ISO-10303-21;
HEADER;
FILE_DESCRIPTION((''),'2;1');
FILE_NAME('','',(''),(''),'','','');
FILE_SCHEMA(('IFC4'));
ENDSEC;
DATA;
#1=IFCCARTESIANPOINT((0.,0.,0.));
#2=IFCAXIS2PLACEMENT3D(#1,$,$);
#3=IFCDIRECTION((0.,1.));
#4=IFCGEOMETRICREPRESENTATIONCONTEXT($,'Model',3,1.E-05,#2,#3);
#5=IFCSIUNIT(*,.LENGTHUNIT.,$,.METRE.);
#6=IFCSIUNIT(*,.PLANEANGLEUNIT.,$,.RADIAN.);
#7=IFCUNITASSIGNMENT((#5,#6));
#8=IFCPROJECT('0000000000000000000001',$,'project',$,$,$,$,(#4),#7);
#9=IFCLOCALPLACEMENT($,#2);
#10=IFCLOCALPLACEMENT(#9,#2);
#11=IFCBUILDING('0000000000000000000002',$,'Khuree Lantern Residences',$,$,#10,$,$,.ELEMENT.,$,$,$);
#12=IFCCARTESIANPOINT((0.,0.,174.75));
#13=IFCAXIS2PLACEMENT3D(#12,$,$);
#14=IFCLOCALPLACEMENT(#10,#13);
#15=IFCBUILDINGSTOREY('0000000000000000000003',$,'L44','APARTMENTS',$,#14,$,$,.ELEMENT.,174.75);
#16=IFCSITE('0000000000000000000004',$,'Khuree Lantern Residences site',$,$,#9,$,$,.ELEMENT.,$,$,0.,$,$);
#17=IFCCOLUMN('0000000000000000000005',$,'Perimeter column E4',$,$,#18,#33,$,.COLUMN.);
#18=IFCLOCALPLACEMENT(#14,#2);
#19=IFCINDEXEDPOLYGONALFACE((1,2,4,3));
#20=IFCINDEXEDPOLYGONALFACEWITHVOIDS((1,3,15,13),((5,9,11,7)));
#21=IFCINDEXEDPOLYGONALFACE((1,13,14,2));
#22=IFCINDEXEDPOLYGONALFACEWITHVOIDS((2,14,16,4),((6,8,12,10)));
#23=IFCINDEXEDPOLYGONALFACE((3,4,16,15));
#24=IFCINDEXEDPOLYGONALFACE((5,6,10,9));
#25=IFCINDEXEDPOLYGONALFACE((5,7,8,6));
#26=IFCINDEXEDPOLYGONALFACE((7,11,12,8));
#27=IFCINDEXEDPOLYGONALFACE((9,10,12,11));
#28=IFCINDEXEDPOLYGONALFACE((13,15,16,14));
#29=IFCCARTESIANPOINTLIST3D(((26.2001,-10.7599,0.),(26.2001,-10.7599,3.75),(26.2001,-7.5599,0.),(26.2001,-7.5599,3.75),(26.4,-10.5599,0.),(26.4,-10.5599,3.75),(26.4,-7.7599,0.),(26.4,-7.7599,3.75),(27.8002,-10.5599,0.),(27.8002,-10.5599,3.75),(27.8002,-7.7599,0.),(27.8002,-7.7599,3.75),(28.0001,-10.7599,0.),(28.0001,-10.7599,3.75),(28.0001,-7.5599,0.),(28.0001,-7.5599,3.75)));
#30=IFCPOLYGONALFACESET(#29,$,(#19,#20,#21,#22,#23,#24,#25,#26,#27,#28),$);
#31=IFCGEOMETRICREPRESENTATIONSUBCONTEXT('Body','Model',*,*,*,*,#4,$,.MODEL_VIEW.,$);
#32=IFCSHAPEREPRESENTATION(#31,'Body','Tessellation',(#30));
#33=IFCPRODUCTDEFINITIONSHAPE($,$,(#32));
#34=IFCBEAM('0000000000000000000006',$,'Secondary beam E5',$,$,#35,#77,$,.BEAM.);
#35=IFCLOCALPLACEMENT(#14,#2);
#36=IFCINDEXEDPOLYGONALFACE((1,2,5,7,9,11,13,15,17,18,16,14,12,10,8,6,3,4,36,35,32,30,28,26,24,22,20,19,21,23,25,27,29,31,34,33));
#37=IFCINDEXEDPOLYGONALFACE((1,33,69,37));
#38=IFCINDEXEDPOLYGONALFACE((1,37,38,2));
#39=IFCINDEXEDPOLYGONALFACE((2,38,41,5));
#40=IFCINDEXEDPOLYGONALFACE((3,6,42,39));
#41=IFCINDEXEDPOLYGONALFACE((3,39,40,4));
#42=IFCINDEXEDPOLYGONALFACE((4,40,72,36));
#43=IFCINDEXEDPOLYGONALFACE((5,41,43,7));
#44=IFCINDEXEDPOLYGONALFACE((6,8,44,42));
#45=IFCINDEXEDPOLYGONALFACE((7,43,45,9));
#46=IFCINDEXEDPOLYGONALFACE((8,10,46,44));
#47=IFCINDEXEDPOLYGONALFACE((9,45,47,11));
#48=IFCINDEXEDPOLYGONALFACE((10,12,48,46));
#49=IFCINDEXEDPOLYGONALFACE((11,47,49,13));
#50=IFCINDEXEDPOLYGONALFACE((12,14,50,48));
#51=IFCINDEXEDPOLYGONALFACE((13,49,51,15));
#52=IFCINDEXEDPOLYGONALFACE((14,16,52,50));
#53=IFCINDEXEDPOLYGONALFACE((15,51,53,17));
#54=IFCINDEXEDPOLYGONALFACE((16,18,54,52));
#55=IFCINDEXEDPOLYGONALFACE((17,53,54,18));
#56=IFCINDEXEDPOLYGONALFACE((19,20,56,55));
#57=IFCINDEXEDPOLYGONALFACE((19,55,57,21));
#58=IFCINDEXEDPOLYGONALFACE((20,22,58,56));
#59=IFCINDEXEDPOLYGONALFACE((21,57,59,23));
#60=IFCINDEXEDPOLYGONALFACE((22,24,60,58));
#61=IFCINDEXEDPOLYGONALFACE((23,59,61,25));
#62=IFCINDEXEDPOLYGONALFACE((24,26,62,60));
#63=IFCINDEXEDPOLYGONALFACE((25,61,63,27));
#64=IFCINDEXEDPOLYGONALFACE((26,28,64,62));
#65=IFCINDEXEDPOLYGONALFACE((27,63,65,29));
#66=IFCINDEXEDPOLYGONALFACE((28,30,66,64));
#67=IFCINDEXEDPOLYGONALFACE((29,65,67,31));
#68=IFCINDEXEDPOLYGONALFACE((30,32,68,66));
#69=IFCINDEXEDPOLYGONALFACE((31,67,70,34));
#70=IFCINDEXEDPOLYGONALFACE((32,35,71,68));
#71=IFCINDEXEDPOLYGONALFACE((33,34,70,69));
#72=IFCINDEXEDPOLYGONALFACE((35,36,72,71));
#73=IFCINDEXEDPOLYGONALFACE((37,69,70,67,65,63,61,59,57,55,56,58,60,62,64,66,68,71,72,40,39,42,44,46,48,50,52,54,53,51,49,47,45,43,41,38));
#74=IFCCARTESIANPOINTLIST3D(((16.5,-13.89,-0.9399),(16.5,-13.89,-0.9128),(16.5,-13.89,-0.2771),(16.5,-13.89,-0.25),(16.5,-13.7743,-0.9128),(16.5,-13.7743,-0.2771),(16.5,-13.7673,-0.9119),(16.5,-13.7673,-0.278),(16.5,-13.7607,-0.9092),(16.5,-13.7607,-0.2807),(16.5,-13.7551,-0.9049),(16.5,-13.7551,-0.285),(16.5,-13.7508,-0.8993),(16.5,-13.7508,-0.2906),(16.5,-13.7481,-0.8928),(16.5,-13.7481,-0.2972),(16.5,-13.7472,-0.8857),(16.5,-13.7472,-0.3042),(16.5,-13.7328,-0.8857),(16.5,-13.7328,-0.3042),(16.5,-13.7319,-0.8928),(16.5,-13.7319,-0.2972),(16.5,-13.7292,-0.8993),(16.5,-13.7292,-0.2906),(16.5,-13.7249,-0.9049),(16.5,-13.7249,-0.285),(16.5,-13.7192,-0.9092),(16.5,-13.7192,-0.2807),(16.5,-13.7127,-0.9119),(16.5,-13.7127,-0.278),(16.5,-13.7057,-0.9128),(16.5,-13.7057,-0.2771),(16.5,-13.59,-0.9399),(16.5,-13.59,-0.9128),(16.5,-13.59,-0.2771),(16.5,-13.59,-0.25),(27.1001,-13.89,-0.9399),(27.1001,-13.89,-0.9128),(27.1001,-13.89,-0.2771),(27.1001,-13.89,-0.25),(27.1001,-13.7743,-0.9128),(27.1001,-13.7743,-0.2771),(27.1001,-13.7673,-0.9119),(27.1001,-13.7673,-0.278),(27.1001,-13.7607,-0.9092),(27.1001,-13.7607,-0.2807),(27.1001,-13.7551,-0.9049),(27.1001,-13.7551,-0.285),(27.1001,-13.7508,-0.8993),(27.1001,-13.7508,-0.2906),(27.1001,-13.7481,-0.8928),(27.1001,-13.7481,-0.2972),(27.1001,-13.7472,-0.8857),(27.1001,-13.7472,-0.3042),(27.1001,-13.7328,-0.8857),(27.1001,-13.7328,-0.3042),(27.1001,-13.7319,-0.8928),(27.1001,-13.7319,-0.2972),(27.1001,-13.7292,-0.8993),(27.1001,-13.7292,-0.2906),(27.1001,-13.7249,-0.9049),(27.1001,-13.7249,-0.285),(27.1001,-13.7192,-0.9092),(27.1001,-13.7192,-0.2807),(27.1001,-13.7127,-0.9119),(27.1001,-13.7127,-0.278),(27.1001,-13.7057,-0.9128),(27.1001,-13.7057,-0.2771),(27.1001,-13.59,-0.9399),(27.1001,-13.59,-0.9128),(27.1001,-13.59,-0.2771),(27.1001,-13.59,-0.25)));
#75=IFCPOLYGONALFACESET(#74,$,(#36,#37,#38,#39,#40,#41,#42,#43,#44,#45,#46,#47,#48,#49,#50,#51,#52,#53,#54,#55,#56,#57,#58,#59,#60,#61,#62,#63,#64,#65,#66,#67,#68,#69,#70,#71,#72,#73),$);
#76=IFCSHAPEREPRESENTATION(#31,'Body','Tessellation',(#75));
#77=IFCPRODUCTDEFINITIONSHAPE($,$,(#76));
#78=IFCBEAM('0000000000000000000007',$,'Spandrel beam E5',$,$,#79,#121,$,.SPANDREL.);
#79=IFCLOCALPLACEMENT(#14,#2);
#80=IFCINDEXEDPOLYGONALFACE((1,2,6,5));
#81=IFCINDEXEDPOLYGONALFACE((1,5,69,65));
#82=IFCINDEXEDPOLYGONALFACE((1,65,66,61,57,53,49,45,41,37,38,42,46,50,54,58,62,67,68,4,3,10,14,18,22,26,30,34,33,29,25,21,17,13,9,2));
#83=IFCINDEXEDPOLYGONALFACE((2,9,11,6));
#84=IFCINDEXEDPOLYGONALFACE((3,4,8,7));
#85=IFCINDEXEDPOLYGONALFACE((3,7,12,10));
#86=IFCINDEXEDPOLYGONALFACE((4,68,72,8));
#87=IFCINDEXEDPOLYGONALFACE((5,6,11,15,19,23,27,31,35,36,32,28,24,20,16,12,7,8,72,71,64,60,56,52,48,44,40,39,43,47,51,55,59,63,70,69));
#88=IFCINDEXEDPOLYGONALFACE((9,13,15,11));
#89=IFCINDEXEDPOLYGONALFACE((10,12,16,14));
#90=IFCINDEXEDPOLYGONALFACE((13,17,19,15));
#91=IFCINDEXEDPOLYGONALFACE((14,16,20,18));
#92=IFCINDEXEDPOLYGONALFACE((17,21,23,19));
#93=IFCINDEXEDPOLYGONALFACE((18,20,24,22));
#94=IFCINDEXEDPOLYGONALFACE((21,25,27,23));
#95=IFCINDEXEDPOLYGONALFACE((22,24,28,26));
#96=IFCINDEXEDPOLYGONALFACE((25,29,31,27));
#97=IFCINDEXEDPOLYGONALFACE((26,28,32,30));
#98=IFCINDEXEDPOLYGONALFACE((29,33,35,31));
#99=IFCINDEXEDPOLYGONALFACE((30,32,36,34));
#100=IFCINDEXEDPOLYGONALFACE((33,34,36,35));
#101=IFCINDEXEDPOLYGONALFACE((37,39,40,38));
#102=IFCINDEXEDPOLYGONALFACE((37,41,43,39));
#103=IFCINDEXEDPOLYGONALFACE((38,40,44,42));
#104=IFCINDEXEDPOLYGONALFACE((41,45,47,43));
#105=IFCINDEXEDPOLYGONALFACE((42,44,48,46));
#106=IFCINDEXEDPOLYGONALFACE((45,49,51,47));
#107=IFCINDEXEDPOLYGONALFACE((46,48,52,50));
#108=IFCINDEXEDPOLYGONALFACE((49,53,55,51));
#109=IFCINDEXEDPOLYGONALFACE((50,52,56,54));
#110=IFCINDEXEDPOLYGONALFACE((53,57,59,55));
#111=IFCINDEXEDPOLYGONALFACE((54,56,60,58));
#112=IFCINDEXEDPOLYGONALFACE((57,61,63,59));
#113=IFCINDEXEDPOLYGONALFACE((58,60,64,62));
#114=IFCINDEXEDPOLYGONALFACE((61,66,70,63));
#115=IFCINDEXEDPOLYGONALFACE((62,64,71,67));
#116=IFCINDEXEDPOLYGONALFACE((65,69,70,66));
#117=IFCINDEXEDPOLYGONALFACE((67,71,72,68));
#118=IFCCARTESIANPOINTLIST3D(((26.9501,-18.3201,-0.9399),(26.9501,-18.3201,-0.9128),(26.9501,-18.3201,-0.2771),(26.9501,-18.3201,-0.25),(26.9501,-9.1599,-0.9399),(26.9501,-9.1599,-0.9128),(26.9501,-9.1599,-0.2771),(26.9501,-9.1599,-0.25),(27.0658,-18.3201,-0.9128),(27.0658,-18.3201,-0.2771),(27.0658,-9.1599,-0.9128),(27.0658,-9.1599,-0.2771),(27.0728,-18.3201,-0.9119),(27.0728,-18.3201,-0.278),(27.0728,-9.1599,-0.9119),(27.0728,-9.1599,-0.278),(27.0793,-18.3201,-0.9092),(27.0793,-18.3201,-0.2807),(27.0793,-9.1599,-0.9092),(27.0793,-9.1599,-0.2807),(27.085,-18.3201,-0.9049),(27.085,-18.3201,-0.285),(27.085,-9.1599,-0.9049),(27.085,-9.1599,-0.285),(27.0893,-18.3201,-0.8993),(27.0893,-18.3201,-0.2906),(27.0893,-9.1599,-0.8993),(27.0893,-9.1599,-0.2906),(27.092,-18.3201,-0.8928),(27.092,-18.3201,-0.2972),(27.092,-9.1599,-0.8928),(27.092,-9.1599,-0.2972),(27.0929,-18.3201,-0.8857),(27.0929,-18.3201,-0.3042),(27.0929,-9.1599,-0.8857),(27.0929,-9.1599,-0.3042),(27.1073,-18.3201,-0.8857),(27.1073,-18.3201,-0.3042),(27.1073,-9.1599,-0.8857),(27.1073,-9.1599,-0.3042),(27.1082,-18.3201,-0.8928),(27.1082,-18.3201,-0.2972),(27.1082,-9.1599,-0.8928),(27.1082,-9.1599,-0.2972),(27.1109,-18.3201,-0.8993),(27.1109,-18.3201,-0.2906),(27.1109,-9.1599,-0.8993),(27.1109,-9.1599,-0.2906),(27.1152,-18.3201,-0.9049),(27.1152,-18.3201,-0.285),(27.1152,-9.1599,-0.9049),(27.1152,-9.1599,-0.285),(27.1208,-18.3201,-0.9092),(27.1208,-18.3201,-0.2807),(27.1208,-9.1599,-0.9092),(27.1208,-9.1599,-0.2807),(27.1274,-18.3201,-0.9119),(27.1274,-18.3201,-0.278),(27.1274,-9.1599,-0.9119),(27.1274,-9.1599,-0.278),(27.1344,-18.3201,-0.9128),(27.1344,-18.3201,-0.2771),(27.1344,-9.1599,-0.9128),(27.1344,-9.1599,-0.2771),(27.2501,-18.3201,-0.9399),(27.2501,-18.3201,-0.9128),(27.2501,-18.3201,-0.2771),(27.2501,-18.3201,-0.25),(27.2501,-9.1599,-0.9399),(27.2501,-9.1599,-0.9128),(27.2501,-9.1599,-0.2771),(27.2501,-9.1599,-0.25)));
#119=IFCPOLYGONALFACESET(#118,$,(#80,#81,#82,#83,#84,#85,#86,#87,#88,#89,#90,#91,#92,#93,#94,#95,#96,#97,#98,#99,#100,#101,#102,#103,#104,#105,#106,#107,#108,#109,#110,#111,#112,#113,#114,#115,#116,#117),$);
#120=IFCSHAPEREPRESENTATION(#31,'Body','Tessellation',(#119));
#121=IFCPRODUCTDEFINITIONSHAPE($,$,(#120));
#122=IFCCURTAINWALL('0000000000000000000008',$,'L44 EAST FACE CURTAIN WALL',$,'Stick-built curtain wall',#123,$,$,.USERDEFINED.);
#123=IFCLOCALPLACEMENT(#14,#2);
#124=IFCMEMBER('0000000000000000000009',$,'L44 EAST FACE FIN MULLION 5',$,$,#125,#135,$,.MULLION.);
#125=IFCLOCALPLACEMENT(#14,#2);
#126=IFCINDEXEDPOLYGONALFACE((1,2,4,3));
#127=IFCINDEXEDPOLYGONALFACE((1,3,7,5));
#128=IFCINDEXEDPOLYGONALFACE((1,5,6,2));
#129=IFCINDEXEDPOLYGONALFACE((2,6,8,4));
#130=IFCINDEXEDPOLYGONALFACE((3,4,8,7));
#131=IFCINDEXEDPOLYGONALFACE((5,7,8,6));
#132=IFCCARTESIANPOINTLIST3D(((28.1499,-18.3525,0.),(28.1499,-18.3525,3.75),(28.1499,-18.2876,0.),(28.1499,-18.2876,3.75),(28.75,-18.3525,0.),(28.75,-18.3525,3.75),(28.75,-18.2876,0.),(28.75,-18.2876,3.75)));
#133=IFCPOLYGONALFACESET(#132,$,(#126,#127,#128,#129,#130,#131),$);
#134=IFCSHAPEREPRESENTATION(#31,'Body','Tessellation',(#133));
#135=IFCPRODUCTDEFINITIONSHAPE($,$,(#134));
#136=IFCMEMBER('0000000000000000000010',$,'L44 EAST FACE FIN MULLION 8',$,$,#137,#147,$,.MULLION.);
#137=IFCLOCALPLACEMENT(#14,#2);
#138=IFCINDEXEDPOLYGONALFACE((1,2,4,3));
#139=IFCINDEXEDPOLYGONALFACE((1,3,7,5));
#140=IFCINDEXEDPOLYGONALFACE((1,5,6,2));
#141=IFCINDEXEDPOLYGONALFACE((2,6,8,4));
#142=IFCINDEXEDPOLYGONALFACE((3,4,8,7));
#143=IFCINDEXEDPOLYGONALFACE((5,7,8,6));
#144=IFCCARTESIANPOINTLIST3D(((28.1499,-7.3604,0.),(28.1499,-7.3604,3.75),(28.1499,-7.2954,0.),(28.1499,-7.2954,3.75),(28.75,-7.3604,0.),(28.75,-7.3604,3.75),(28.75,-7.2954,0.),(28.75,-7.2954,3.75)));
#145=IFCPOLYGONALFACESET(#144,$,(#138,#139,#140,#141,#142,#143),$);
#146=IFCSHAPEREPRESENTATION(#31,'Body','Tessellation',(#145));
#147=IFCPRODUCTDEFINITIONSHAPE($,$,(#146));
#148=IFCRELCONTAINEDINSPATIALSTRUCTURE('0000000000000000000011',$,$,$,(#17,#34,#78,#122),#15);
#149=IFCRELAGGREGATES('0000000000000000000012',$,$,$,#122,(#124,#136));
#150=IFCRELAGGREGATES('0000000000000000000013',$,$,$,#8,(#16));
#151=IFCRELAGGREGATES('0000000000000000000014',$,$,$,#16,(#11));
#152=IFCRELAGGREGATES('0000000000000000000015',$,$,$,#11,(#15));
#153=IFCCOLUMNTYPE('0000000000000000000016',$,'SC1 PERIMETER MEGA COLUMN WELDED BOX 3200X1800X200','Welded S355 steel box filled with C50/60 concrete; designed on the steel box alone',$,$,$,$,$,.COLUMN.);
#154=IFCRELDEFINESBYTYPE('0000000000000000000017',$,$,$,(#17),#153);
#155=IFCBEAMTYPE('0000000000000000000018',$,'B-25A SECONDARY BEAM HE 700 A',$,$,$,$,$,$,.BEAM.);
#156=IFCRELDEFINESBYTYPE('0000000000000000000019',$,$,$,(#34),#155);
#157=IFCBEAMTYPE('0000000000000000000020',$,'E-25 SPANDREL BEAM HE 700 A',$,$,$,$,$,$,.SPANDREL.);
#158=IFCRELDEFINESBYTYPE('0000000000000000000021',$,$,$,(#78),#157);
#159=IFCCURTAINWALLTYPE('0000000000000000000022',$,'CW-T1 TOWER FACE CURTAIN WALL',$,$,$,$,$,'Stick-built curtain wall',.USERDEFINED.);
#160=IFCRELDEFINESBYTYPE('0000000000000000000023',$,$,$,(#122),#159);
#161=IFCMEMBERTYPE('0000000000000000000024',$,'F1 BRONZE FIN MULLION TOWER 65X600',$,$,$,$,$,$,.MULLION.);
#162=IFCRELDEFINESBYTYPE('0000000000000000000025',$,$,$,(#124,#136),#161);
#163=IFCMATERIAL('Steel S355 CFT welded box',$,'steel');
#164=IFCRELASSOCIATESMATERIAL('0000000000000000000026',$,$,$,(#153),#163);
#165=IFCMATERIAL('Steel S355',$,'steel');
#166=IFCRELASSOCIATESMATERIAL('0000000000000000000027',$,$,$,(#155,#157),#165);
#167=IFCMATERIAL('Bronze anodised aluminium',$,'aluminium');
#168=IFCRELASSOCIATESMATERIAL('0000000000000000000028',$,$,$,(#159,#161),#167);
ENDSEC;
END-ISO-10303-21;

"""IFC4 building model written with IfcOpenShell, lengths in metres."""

from ifc_helpers import new_model, si_unit, direction, frame, origin, origin_2d, place, context, subcontext, project, spatial, rectangle, hollow_rectangle, i_section, extrude, material, material_profile, profile_set, type_object, element, aggregate, save


model = new_model("IFC4")

# Units and contexts
model_context = context("Model", 3, precision=1e-05, world=origin(), true_north=direction((0.0, 1.0)))
body_context = subcontext(model_context, "Body", "Model", "MODEL_VIEW")
ifc_project = project(units=[si_unit("LENGTHUNIT", "METRE"), si_unit("PLANEANGLEUNIT", "RADIAN")], contexts=[model_context])

# Site, building, storey
site_placement = place(None, origin())
site = spatial("IfcSite", under=ifc_project, at=site_placement, Name="Khuree Lantern Residences site", CompositionType="ELEMENT", RefElevation=0.0)
building_placement = place(site_placement, origin())
building = spatial("IfcBuilding", under=site, at=building_placement, Name="Khuree Lantern Residences", CompositionType="ELEMENT")
storey_placement = place(building_placement, frame((0.0, 0.0, 174.75)))
storey = spatial("IfcBuildingStorey", under=building, at=storey_placement, Name="L44", Description="APARTMENTS", CompositionType="ELEMENT", Elevation=174.75)

# Column
ifc_material_1 = material(Name="Steel S355 CFT welded box", Category="steel")
ifc_material_profile_1 = material_profile(ifc_material_1, hollow_rectangle(XDim=3.2, YDim=1.8, WallThickness=0.2, at=origin_2d()), Name="WELDED BOX 3200X1800X200")
ifc_profile_set_1 = profile_set([ifc_material_profile_1], Name="Steel S355 CFT welded box")
column_type = type_object("IfcColumnType", Name="SC1 PERIMETER MEGA COLUMN WELDED BOX 3200X1800X200", Description="Welded S355 steel box filled with C50/60 concrete; designed on the steel box alone", PredefinedType="COLUMN", material=ifc_profile_set_1)
column_placement = place(storey_placement, frame((27.1001, -9.1599, 0.0), z_axis=(0.0, 0.0, 1.0), x_axis=(0.0, 1.0, 0.0)))
element("IfcColumn", 1, at=column_placement, inside=storey, type_object=column_type, Name="Perimeter column E4", PredefinedType="COLUMN", context=body_context, shape_type="SweptSolid", body=[
    extrude(hollow_rectangle(XDim=3.2, YDim=1.8, WallThickness=0.2, at=origin_2d()), origin(), (0.0, 0.0, 1.0), 3.75),
])

# Beams
ifc_material_2 = material(Name="Steel S355", Category="steel")
ifc_material_profile_2 = material_profile(ifc_material_2, i_section(OverallWidth=0.3, OverallDepth=0.6899, WebThickness=0.0144, FlangeThickness=0.0271, FilletRadius=0.0271, at=origin_2d()), Name="HE 700 A")
ifc_profile_set_2 = profile_set([ifc_material_profile_2], Name="Steel S355")
beam_type_1 = type_object("IfcBeamType", Name="B-25A SECONDARY BEAM HE 700 A", PredefinedType="BEAM", material=ifc_profile_set_2)
beam_1_placement = place(storey_placement, frame((27.1001, -13.74, -0.595), z_axis=(-1.0, 0.0, 0.0), x_axis=(0.0, -1.0, 0.0)))
element("IfcBeam", 2, at=beam_1_placement, inside=storey, type_object=beam_type_1, Name="Secondary beam E5", PredefinedType="BEAM", context=body_context, shape_type="SweptSolid", body=[
    extrude(i_section(OverallWidth=0.3, OverallDepth=0.6899, WebThickness=0.0144, FlangeThickness=0.0271, FilletRadius=0.0271, at=origin_2d()), origin(), (0.0, 0.0, 1.0), 10.6001),
])
ifc_material_profile_3 = material_profile(ifc_material_2, i_section(OverallWidth=0.3, OverallDepth=0.6899, WebThickness=0.0144, FlangeThickness=0.0271, FilletRadius=0.0271, at=origin_2d()), Name="HE 700 A")
ifc_profile_set_3 = profile_set([ifc_material_profile_3], Name="Steel S355")
beam_type_2 = type_object("IfcBeamType", Name="E-25 SPANDREL BEAM HE 700 A", PredefinedType="SPANDREL", material=ifc_profile_set_3)
beam_2_placement = place(storey_placement, frame((27.1001, -9.1599, -0.595), z_axis=(0.0, -1.0, 0.0), x_axis=(1.0, 0.0, 0.0)))
element("IfcBeam", 3, at=beam_2_placement, inside=storey, type_object=beam_type_2, Name="Spandrel beam E5", PredefinedType="SPANDREL", context=body_context, shape_type="SweptSolid", body=[
    extrude(i_section(OverallWidth=0.3, OverallDepth=0.6899, WebThickness=0.0144, FlangeThickness=0.0271, FilletRadius=0.0271, at=origin_2d()), origin(), (0.0, 0.0, 1.0), 9.1602),
])

# Curtain wall, members
ifc_material_3 = material(Name="Bronze anodised aluminium", Category="aluminium")
curtain_wall_type = type_object("IfcCurtainWallType", Name="CW-T1 TOWER FACE CURTAIN WALL", ElementType="Stick-built curtain wall", PredefinedType="USERDEFINED", material=ifc_material_3)
curtain_wall_placement = place(storey_placement, origin())
curtain_wall = element("IfcCurtainWall", 4, at=curtain_wall_placement, inside=storey, type_object=curtain_wall_type, Name="L44 EAST FACE CURTAIN WALL", ObjectType="Stick-built curtain wall", PredefinedType="USERDEFINED")
ifc_material_profile_4 = material_profile(ifc_material_3, rectangle(XDim=0.0649, YDim=0.6001, at=origin_2d()), Name="F1 65X600")
ifc_profile_set_4 = profile_set([ifc_material_profile_4], Name="Bronze anodised aluminium")
member_type_1 = type_object("IfcMemberType", Name="F1 BRONZE FIN MULLION TOWER 65X600", PredefinedType="MULLION", material=ifc_profile_set_4)
member_1_placement = place(storey_placement, frame((28.45, -18.3201, 0.0), z_axis=(0.0, 0.0, 1.0), x_axis=(0.0, 1.0, 0.0)))
member_1 = element("IfcMember", 5, at=member_1_placement, type_object=member_type_1, Name="L44 EAST FACE FIN MULLION 5", PredefinedType="MULLION", context=body_context, shape_type="SweptSolid", body=[
    extrude(rectangle(XDim=0.0649, YDim=0.6001, at=origin_2d()), origin(), (0.0, 0.0, 1.0), 3.75),
])
member_2_placement = place(storey_placement, frame((28.45, -7.3279, 0.0), z_axis=(0.0, 0.0, 1.0), x_axis=(0.0, 1.0, 0.0)))
member_2 = element("IfcMember", 6, at=member_2_placement, type_object=member_type_1, Name="L44 EAST FACE FIN MULLION 8", PredefinedType="MULLION", context=body_context, shape_type="SweptSolid", body=[
    extrude(rectangle(XDim=0.0649, YDim=0.6001, at=origin_2d()), origin(), (0.0, 0.0, 1.0), 3.75),
])

aggregate(curtain_wall, [member_1, member_2])

save(model, "model.ifc")
